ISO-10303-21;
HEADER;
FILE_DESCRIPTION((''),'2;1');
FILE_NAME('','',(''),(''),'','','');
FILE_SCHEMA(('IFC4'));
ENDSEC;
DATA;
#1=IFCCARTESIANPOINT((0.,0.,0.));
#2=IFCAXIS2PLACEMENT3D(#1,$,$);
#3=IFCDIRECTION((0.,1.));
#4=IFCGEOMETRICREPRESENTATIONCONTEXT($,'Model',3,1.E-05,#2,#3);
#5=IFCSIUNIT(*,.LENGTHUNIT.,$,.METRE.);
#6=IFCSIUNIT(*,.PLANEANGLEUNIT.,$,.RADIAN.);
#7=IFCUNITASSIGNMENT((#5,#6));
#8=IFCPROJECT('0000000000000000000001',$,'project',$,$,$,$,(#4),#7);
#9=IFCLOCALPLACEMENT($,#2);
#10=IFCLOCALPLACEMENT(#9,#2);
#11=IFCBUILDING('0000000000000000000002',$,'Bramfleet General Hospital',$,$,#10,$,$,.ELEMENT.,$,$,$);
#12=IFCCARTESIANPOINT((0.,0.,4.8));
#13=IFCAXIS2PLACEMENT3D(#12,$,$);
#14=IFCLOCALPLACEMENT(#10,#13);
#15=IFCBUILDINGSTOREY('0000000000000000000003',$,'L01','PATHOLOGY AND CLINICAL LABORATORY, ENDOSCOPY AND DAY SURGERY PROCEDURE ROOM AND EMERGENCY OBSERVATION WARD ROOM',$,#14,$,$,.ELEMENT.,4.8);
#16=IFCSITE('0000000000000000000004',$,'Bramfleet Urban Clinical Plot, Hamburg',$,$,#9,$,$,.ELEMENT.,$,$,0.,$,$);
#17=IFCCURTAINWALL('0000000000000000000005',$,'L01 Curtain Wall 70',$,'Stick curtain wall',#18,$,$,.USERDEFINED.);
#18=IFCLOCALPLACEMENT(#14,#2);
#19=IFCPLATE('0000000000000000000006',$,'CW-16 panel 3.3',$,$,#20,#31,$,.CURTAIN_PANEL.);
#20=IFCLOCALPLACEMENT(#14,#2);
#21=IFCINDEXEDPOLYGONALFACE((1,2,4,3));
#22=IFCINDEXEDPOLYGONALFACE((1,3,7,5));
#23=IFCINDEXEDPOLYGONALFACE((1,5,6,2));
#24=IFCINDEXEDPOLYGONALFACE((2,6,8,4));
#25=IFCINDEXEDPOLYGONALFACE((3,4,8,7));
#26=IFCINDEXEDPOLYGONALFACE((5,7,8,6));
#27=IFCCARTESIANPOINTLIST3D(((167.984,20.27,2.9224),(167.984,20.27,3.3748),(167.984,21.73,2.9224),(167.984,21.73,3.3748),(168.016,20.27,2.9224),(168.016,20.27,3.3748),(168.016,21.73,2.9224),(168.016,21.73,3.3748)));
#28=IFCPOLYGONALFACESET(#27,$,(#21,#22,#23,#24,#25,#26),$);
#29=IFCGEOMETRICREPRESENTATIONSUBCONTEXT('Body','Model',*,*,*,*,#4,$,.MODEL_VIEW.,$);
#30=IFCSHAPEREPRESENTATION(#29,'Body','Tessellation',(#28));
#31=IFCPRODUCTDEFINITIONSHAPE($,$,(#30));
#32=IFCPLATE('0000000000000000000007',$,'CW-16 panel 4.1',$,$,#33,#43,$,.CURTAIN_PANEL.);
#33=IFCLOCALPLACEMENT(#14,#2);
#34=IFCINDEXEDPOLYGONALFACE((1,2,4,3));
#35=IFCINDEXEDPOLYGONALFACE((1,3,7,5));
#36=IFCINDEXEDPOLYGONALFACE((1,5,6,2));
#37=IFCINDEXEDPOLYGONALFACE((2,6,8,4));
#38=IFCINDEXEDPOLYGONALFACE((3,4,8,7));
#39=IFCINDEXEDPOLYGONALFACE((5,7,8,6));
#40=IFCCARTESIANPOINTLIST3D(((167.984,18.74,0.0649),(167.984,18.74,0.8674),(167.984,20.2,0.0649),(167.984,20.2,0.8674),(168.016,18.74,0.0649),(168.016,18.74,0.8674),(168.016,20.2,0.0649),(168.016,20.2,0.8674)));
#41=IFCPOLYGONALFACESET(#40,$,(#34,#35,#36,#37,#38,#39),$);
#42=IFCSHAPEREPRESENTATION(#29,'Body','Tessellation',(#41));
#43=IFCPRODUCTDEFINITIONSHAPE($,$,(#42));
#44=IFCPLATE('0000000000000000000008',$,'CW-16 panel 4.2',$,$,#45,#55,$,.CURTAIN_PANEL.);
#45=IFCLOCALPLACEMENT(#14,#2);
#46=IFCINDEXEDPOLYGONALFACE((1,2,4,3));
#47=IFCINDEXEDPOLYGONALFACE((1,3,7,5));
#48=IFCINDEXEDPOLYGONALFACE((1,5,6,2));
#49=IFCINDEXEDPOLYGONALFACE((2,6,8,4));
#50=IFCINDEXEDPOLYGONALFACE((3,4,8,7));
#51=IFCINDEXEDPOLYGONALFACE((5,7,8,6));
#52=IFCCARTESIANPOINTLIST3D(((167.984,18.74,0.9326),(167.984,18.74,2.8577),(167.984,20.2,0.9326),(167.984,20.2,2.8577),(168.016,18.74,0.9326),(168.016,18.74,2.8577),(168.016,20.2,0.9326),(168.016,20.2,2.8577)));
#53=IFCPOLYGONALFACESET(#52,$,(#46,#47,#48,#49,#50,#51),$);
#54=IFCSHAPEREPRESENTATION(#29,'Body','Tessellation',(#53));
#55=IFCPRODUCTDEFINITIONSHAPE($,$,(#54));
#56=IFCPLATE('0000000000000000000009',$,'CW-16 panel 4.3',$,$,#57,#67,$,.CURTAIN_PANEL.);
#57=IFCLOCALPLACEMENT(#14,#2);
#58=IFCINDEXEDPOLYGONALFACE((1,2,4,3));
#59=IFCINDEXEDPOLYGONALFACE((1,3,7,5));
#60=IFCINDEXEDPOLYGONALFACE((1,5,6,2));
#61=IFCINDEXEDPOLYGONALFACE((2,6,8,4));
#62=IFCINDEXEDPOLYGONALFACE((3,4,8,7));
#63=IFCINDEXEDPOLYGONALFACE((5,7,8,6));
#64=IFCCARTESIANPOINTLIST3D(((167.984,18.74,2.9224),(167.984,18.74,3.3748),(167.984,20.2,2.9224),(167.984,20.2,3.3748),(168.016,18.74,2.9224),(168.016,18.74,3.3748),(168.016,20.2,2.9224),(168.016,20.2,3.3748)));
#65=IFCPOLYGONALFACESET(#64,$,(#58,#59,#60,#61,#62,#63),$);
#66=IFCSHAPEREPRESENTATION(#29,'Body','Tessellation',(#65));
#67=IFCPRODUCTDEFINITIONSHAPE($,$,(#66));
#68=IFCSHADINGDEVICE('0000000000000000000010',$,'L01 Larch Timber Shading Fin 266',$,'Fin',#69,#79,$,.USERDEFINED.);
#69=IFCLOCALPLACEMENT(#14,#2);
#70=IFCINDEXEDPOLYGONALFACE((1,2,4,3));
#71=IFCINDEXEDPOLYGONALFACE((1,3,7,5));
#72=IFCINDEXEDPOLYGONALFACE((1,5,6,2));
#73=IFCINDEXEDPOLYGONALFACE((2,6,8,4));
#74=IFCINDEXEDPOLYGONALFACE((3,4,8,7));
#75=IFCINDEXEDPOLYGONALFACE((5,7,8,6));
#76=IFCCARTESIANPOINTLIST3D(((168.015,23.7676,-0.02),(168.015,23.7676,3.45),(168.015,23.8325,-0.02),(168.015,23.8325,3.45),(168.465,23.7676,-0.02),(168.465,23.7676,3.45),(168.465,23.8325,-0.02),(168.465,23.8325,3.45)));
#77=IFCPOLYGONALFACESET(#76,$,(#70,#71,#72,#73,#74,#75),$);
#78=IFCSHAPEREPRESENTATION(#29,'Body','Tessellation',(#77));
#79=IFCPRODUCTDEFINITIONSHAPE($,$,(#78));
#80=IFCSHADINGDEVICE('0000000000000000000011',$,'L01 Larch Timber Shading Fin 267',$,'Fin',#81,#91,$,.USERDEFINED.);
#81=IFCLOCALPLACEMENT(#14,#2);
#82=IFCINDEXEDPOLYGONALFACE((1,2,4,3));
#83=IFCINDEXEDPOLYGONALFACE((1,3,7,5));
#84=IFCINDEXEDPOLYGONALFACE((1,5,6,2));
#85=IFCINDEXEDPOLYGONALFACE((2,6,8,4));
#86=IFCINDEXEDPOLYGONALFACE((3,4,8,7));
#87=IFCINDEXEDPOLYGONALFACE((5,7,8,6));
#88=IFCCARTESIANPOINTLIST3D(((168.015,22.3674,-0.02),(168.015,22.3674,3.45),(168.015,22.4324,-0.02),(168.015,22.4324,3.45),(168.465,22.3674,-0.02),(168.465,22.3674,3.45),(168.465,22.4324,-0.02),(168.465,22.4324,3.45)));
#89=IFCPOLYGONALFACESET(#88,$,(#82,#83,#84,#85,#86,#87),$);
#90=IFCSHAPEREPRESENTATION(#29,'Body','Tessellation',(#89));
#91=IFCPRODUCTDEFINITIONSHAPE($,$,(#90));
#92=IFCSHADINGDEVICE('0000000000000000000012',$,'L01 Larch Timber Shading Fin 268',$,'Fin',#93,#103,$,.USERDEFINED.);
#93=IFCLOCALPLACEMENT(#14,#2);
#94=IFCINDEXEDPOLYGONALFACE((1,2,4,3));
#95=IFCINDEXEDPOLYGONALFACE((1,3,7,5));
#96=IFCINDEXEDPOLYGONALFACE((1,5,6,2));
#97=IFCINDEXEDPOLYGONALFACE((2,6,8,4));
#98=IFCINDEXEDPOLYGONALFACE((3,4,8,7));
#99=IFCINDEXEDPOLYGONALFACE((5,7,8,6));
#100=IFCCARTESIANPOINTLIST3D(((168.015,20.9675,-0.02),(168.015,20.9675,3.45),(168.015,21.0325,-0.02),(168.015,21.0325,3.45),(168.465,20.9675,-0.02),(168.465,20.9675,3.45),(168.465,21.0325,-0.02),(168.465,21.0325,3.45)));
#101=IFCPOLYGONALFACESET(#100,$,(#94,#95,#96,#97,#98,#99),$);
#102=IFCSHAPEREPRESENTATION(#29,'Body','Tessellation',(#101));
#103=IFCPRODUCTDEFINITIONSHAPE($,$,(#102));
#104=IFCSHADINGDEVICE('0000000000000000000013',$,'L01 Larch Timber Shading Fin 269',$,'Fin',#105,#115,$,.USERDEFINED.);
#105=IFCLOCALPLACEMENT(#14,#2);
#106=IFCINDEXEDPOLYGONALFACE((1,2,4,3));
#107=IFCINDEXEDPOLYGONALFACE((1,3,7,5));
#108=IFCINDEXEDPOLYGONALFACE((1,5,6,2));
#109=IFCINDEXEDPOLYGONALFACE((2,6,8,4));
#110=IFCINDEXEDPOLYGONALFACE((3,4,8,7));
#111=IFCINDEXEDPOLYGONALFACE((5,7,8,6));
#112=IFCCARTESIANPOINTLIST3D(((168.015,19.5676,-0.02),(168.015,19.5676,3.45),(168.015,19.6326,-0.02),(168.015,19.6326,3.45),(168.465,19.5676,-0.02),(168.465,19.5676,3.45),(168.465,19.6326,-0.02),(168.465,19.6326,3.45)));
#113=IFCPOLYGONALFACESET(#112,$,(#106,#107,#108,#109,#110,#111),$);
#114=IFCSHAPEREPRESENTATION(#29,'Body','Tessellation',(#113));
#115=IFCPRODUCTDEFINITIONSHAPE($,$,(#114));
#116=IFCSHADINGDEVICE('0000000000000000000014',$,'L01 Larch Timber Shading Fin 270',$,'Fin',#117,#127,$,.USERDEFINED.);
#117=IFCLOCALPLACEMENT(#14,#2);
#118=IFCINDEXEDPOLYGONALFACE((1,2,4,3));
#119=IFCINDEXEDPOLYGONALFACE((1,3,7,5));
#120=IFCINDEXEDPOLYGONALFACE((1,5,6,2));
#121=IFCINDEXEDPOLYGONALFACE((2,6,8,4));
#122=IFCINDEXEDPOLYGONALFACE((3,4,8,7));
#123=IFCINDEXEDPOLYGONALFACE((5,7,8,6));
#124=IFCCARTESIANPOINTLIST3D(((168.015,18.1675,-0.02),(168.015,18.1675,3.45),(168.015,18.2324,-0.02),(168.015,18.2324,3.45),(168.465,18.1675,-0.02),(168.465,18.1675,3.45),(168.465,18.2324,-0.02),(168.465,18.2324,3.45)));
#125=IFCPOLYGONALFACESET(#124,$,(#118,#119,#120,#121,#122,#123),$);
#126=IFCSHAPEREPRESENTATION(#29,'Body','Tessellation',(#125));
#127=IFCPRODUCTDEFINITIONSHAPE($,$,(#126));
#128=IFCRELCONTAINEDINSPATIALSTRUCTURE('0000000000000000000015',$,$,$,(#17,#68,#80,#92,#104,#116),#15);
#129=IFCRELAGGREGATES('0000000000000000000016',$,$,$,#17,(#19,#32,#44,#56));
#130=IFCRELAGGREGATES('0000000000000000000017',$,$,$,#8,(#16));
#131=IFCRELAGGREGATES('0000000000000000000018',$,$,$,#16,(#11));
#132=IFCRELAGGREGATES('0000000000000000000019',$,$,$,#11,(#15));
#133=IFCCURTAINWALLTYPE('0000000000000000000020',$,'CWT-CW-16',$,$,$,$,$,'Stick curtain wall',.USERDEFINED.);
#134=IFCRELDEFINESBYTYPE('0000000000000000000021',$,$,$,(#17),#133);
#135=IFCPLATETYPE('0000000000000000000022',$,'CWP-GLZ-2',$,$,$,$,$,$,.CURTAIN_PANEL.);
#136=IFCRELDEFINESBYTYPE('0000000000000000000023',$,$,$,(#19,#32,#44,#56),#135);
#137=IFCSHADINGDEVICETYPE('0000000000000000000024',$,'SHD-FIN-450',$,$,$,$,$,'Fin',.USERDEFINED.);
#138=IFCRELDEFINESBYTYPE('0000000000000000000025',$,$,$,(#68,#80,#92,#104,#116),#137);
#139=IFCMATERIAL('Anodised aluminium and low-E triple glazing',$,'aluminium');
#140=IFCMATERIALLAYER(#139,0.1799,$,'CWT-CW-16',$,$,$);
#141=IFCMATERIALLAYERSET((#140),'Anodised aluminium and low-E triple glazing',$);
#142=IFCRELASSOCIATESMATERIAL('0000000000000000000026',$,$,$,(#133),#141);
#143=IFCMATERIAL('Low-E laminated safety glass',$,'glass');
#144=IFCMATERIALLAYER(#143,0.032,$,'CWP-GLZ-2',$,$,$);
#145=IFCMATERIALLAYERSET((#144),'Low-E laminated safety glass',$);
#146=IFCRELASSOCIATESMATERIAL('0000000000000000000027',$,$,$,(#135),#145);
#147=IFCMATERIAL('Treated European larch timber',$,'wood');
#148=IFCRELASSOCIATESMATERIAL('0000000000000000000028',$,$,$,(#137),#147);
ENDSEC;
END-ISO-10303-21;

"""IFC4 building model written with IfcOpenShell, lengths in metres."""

from ifc_helpers import new_model, si_unit, direction, frame, origin, origin_2d, place, context, subcontext, project, spatial, rectangle, extrude, material, layer, layer_set, material_profile, profile_set, type_object, element, aggregate, save


model = new_model("IFC4")

# Units and contexts
model_context = context("Model", 3, precision=1e-05, world=origin(), true_north=direction((0.0, 1.0)))
body_context = subcontext(model_context, "Body", "Model", "MODEL_VIEW")
ifc_project = project(units=[si_unit("LENGTHUNIT", "METRE"), si_unit("PLANEANGLEUNIT", "RADIAN")], contexts=[model_context])

# Site, building, storey
site_placement = place(None, origin())
site = spatial("IfcSite", under=ifc_project, at=site_placement, Name="Bramfleet Urban Clinical Plot, Hamburg", CompositionType="ELEMENT", RefElevation=0.0)
building_placement = place(site_placement, origin())
building = spatial("IfcBuilding", under=site, at=building_placement, Name="Bramfleet General Hospital", CompositionType="ELEMENT")
storey_placement = place(building_placement, frame((0.0, 0.0, 4.8)))
storey = spatial("IfcBuildingStorey", under=building, at=storey_placement, Name="L01", Description="PATHOLOGY AND CLINICAL LABORATORY, ENDOSCOPY AND DAY SURGERY PROCEDURE ROOM AND EMERGENCY OBSERVATION WARD ROOM", CompositionType="ELEMENT", Elevation=4.8)

# Curtain wall, plates
ifc_material_1 = material(Name="Anodised aluminium and low-E triple glazing", Category="aluminium")
ifc_layer_1 = layer(ifc_material_1, 0.1799, Name="CWT-CW-16")
ifc_layer_set_1 = layer_set([ifc_layer_1], Name="Anodised aluminium and low-E triple glazing")
curtain_wall_type = type_object("IfcCurtainWallType", Name="CWT-CW-16", ElementType="Stick curtain wall", PredefinedType="USERDEFINED", material=ifc_layer_set_1)
curtain_wall_placement = place(storey_placement, origin())
curtain_wall = element("IfcCurtainWall", 1, at=curtain_wall_placement, inside=storey, type_object=curtain_wall_type, Name="L01 Curtain Wall 70", ObjectType="Stick curtain wall", PredefinedType="USERDEFINED")
ifc_material_2 = material(Name="Low-E laminated safety glass", Category="glass")
ifc_layer_2 = layer(ifc_material_2, 0.032, Name="CWP-GLZ-2")
ifc_layer_set_2 = layer_set([ifc_layer_2], Name="Low-E laminated safety glass")
plate_type = type_object("IfcPlateType", Name="CWP-GLZ-2", PredefinedType="CURTAIN_PANEL", material=ifc_layer_set_2)
plate_1_placement = place(storey_placement, frame((168.0, 21.0, 2.9224), z_axis=(0.0, 0.0, 1.0), x_axis=(0.0, -1.0, 0.0)))
plate_1 = element("IfcPlate", 2, at=plate_1_placement, type_object=plate_type, Name="CW-16 panel 3.3", PredefinedType="CURTAIN_PANEL", context=body_context, shape_type="SweptSolid", body=[
    extrude(rectangle(XDim=1.46, YDim=0.032, at=origin_2d()), origin(), (0.0, 0.0, 1.0), 0.4524),
])
plate_2_placement = place(storey_placement, frame((168.0, 19.47, 0.0649), z_axis=(0.0, 0.0, 1.0), x_axis=(0.0, -1.0, 0.0)))
plate_2 = element("IfcPlate", 3, at=plate_2_placement, type_object=plate_type, Name="CW-16 panel 4.1", PredefinedType="CURTAIN_PANEL", context=body_context, shape_type="SweptSolid", body=[
    extrude(rectangle(XDim=1.46, YDim=0.032, at=origin_2d()), origin(), (0.0, 0.0, 1.0), 0.8025),
])
plate_3_placement = place(storey_placement, frame((168.0, 19.47, 0.9326), z_axis=(0.0, 0.0, 1.0), x_axis=(0.0, -1.0, 0.0)))
plate_3 = element("IfcPlate", 4, at=plate_3_placement, type_object=plate_type, Name="CW-16 panel 4.2", PredefinedType="CURTAIN_PANEL", context=body_context, shape_type="SweptSolid", body=[
    extrude(rectangle(XDim=1.46, YDim=0.032, at=origin_2d()), origin(), (0.0, 0.0, 1.0), 1.925),
])
plate_4_placement = place(storey_placement, frame((168.0, 19.47, 2.9224), z_axis=(0.0, 0.0, 1.0), x_axis=(0.0, -1.0, 0.0)))
plate_4 = element("IfcPlate", 5, at=plate_4_placement, type_object=plate_type, Name="CW-16 panel 4.3", PredefinedType="CURTAIN_PANEL", context=body_context, shape_type="SweptSolid", body=[
    extrude(rectangle(XDim=1.46, YDim=0.032, at=origin_2d()), origin(), (0.0, 0.0, 1.0), 0.4524),
])
aggregate(curtain_wall, [plate_1, plate_2, plate_3, plate_4])

# Shading devices
ifc_material_3 = material(Name="Treated European larch timber", Category="wood")
ifc_material_profile_1 = material_profile(ifc_material_3, rectangle(XDim=0.0649, YDim=0.45, at=origin_2d()), Name="LARCH FIN 450x65")
ifc_profile_set_1 = profile_set([ifc_material_profile_1], Name="Treated European larch timber")
shading_device_type = type_object("IfcShadingDeviceType", Name="SHD-FIN-450", ElementType="Fin", PredefinedType="USERDEFINED", material=ifc_profile_set_1)
for number, where, z_axis, x_axis, name in (
    (6, (168.24, 23.8, -0.02), (0.0, 0.0, 1.0), (0.0, -1.0, 0.0), "L01 Larch Timber Shading Fin 266"),
    (7, (168.24, 22.3999, -0.02), (0.0, 0.0, 1.0), (0.0, -1.0, 0.0), "L01 Larch Timber Shading Fin 267"),
    (8, (168.24, 21.0, -0.02), (0.0, 0.0, 1.0), (0.0, -1.0, 0.0), "L01 Larch Timber Shading Fin 268"),
    (9, (168.24, 19.6001, -0.02), (0.0, 0.0, 1.0), (0.0, -1.0, 0.0), "L01 Larch Timber Shading Fin 269"),
    (10, (168.24, 18.2, -0.02), (0.0, 0.0, 1.0), (0.0, -1.0, 0.0), "L01 Larch Timber Shading Fin 270"),
):
    element("IfcShadingDevice", number, at=place(storey_placement, frame(where, z_axis=z_axis, x_axis=x_axis)), inside=storey, type_object=shading_device_type, Name=name, ObjectType="Fin", PredefinedType="USERDEFINED", context=body_context, shape_type="SweptSolid", body=[
        extrude(rectangle(XDim=0.0649, YDim=0.45, at=origin_2d()), origin(), (0.0, 0.0, 1.0), 3.47),
    ])

save(model, "model.ifc")
